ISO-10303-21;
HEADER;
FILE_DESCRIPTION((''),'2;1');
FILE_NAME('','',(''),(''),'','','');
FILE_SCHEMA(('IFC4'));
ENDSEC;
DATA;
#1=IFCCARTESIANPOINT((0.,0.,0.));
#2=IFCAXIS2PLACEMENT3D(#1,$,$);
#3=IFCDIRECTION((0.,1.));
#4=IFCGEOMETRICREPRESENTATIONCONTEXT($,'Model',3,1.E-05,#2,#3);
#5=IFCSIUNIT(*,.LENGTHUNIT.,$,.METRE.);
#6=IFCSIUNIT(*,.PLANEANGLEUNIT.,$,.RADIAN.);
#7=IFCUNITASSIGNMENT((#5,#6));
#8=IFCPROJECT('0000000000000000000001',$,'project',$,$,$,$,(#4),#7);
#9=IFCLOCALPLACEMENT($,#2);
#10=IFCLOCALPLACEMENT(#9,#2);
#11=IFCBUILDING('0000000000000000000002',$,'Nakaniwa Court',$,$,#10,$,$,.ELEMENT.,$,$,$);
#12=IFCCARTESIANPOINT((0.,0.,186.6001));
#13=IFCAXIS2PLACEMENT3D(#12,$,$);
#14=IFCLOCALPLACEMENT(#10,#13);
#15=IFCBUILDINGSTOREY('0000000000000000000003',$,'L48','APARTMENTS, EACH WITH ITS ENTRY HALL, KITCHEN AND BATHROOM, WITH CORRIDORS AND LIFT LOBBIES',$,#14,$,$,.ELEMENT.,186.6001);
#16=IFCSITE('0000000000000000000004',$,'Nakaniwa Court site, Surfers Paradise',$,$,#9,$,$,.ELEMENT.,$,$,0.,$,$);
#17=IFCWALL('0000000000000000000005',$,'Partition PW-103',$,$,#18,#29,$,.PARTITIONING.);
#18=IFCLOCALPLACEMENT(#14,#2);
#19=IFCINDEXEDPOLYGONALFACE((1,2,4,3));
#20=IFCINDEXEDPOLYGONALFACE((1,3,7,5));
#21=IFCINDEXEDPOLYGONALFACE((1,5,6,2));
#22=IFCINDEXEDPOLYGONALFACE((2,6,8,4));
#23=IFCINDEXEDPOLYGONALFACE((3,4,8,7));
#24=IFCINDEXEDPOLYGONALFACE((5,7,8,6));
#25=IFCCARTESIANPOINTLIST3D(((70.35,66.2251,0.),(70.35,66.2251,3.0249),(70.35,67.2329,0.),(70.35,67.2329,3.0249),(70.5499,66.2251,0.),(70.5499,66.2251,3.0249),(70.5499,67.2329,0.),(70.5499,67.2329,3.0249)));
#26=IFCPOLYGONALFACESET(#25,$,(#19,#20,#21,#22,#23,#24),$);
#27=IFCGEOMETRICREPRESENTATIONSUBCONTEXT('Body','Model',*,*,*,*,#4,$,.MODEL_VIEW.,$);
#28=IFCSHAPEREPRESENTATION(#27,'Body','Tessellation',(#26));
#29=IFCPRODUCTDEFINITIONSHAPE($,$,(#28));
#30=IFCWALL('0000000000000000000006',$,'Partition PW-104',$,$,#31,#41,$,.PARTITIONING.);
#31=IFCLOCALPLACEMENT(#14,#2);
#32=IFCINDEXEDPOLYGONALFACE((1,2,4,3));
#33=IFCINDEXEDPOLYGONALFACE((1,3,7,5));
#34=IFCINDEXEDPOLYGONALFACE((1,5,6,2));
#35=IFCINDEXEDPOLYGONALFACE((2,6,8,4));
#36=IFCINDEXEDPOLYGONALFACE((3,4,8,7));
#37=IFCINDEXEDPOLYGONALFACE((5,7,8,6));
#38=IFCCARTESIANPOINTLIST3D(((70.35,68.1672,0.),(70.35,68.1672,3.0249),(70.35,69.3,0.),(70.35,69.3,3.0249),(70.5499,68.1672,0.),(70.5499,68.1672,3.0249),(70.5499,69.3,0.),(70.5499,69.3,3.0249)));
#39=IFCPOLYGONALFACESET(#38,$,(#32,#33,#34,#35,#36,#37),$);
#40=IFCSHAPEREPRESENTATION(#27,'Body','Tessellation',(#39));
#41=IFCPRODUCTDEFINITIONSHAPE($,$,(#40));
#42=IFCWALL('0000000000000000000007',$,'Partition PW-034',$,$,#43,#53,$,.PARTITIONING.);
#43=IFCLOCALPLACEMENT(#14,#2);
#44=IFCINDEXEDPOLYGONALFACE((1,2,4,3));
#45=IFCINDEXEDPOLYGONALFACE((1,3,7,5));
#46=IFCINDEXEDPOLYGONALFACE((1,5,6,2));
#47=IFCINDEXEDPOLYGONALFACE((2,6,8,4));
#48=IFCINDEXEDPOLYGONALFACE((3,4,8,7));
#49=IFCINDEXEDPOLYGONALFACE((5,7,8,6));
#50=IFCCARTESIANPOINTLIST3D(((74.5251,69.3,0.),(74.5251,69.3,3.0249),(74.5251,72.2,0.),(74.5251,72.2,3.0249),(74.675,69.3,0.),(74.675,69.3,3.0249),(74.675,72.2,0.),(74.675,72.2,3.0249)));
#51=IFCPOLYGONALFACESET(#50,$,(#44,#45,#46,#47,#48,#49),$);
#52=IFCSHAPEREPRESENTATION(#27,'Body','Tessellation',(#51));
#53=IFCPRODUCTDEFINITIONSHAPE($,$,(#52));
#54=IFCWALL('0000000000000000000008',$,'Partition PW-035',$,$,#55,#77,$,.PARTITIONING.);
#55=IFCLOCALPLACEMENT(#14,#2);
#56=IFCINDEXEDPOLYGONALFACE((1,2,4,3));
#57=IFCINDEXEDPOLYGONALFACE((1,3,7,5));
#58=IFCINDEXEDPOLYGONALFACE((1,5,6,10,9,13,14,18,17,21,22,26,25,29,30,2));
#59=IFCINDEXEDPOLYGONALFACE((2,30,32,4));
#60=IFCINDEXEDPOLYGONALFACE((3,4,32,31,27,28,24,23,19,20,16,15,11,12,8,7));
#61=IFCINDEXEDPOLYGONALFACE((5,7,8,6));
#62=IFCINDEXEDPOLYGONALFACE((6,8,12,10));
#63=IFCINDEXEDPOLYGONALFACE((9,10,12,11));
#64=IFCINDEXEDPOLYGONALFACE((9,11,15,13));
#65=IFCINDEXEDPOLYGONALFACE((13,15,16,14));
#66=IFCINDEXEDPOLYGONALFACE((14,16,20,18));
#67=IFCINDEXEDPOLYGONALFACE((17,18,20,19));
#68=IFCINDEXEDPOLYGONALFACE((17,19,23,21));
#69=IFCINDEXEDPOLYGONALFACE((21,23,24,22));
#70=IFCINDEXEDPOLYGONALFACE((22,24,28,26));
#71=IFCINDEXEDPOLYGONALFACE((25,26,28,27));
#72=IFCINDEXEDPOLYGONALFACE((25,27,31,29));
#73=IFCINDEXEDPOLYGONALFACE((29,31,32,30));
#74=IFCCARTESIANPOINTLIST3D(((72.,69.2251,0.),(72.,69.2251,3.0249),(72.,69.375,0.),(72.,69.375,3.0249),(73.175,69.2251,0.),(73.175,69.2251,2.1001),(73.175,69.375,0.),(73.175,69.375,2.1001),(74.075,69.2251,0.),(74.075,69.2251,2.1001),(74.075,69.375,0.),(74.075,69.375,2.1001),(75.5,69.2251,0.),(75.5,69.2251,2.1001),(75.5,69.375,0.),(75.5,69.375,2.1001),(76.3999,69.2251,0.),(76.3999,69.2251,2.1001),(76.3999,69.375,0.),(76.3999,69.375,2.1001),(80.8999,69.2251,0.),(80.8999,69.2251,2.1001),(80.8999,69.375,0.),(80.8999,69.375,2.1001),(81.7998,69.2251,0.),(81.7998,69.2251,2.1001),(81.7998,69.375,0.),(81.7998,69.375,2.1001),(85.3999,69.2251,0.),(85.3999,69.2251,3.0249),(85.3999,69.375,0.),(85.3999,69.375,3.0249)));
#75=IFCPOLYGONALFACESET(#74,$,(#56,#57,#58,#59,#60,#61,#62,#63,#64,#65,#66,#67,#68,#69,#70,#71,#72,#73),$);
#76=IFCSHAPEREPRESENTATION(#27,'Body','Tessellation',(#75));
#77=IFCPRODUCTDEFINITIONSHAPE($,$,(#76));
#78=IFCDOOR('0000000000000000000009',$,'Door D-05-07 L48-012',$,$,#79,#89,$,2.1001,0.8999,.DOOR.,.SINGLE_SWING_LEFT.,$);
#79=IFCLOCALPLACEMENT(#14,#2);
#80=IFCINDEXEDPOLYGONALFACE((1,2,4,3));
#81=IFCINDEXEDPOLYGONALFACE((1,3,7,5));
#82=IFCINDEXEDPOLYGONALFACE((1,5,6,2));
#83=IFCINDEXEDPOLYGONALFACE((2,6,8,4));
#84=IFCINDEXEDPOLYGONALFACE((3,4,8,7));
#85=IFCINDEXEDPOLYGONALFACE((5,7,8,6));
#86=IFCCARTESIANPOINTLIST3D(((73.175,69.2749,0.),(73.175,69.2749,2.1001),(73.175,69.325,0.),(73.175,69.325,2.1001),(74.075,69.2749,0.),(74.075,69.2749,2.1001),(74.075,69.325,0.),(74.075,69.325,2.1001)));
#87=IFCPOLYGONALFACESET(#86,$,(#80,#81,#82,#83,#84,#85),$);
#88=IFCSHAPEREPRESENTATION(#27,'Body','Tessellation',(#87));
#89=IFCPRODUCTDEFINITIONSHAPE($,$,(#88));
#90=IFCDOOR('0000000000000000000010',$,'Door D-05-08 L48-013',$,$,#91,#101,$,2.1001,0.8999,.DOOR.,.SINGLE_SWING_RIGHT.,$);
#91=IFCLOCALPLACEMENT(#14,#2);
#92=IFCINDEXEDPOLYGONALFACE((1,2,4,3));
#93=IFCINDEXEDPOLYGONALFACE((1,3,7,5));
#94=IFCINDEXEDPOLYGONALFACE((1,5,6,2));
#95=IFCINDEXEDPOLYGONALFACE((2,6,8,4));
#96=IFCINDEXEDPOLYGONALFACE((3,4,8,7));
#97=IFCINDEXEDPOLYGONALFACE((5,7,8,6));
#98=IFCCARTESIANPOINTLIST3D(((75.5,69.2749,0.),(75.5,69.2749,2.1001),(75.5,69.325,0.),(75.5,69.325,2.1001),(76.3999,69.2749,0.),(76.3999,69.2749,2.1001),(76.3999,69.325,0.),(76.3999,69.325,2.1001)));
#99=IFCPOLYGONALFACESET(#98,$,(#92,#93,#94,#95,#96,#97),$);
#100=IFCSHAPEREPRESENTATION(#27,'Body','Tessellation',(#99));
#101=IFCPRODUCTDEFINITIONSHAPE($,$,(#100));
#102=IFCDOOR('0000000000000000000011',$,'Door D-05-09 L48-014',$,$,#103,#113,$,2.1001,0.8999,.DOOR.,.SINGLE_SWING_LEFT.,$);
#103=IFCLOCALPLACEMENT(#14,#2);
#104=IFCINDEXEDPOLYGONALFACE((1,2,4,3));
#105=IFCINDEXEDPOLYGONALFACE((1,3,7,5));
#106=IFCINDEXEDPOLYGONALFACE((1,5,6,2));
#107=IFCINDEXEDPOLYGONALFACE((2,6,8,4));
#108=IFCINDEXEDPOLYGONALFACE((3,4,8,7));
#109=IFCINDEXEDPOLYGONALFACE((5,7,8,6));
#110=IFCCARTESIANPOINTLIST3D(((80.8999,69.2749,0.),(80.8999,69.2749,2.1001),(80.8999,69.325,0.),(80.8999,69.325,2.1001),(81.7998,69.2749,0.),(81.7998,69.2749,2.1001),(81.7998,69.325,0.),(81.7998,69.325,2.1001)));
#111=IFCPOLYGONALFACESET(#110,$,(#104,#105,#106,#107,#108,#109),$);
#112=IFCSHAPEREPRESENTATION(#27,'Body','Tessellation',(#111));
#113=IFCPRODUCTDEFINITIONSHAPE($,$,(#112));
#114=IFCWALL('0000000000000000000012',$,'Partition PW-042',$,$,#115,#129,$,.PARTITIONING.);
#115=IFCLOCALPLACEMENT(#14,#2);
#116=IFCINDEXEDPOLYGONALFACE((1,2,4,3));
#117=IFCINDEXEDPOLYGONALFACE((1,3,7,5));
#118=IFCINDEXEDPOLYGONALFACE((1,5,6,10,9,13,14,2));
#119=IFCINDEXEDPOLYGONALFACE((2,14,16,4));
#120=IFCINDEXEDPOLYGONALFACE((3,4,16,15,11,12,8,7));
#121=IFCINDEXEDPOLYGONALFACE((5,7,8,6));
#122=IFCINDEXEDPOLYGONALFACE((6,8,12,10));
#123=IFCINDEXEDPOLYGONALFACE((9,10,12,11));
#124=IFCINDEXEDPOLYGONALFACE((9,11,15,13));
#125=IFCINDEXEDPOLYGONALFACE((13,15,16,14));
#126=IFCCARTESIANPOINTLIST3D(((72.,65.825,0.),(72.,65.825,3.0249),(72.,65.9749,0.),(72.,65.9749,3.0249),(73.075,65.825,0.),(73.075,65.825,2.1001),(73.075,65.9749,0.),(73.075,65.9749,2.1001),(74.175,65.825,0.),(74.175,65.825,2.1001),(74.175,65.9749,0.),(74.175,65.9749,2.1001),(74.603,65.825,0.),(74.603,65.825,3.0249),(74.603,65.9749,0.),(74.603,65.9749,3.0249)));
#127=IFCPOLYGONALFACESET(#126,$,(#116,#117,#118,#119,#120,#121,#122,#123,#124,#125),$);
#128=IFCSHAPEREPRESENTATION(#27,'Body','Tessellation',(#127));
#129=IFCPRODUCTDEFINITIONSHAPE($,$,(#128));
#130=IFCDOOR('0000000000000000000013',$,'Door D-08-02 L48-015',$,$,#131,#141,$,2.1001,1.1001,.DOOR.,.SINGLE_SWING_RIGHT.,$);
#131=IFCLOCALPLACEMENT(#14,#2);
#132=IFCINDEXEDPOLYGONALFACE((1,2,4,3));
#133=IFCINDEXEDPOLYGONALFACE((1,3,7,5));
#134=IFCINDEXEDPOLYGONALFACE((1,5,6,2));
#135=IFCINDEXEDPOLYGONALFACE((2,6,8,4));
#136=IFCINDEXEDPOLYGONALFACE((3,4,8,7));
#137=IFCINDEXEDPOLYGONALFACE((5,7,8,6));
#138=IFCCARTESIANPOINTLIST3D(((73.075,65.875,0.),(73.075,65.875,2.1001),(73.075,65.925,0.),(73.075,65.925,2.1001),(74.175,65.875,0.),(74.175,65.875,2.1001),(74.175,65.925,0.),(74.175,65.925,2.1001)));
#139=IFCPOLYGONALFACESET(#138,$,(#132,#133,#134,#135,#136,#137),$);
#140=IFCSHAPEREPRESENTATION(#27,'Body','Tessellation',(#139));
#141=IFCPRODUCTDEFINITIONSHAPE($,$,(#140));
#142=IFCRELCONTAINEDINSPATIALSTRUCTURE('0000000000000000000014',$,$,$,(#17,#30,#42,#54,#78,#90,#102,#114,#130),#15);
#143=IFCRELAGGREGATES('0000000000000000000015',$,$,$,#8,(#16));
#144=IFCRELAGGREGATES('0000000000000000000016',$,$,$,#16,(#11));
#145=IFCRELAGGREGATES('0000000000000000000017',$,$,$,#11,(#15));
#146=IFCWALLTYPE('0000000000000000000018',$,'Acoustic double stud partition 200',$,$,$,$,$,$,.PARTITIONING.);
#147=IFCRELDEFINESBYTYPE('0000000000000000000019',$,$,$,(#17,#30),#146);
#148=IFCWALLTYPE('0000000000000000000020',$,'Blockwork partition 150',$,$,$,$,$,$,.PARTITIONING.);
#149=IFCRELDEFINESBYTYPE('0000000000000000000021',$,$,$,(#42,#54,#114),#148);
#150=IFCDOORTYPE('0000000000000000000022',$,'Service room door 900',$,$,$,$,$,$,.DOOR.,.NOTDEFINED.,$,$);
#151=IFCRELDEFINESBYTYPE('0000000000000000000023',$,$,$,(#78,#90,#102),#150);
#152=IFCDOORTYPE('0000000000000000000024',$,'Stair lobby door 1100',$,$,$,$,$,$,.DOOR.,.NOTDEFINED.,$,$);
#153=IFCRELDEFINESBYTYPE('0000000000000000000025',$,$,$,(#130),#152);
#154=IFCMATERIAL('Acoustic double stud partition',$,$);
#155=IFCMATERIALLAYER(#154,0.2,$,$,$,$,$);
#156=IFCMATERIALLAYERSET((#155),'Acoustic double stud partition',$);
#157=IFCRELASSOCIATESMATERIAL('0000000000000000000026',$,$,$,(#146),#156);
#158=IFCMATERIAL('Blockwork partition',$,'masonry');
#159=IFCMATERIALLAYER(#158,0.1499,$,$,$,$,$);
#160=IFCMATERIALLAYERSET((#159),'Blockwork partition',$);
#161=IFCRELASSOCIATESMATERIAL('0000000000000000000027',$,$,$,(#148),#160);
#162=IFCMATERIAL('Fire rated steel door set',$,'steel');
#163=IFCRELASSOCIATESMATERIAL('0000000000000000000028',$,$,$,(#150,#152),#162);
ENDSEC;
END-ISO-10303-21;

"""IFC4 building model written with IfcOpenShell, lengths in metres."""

from ifc_helpers import new_model, si_unit, direction, frame, frame_2d, origin, place, context, subcontext, project, spatial, rectangle, extrude, material, layer, layer_set, type_object, element, fill, save


model = new_model("IFC4")

# Units and contexts
model_context = context("Model", 3, precision=1e-05, world=origin(), true_north=direction((0.0, 1.0)))
body_context = subcontext(model_context, "Body", "Model", "MODEL_VIEW")
ifc_project = project(units=[si_unit("LENGTHUNIT", "METRE"), si_unit("PLANEANGLEUNIT", "RADIAN")], contexts=[model_context])

# Site, building, storey
site_placement = place(None, origin())
site = spatial("IfcSite", under=ifc_project, at=site_placement, Name="Nakaniwa Court site, Surfers Paradise", CompositionType="ELEMENT", RefElevation=0.0)
building_placement = place(site_placement, origin())
building = spatial("IfcBuilding", under=site, at=building_placement, Name="Nakaniwa Court", CompositionType="ELEMENT")
storey_placement = place(building_placement, frame((0.0, 0.0, 186.6001)))
storey = spatial("IfcBuildingStorey", under=building, at=storey_placement, Name="L48", Description="APARTMENTS, EACH WITH ITS ENTRY HALL, KITCHEN AND BATHROOM, WITH CORRIDORS AND LIFT LOBBIES", CompositionType="ELEMENT", Elevation=186.6001)

# Shared definitions
ifc_material_1 = material(Name="Acoustic double stud partition")
ifc_layer_1 = layer(ifc_material_1, 0.2)
ifc_layer_set_1 = layer_set([ifc_layer_1], Name="Acoustic double stud partition")
wall_type_1 = type_object("IfcWallType", Name="Acoustic double stud partition 200", PredefinedType="PARTITIONING", material=ifc_layer_set_1)

# Walls
wall_1_placement = place(storey_placement, frame((70.45, 66.2251, 0.0), z_axis=(0.0, 0.0, 1.0), x_axis=(0.0, 1.0, 0.0)))
element("IfcWall", 1, at=wall_1_placement, inside=storey, type_object=wall_type_1, Name="Partition PW-103", PredefinedType="PARTITIONING", context=body_context, shape_type="SweptSolid", body=[
    extrude(rectangle(XDim=1.0078, YDim=0.2, at=frame_2d((0.5039, 0.0))), origin(), (0.0, 0.0, 1.0), 3.0249),
])
wall_2_placement = place(storey_placement, frame((70.45, 68.1672, 0.0), z_axis=(0.0, 0.0, 1.0), x_axis=(0.0, 1.0, 0.0)))
element("IfcWall", 2, at=wall_2_placement, inside=storey, type_object=wall_type_1, Name="Partition PW-104", PredefinedType="PARTITIONING", context=body_context, shape_type="SweptSolid", body=[
    extrude(rectangle(XDim=1.1328, YDim=0.2, at=frame_2d((0.5664, 0.0))), origin(), (0.0, 0.0, 1.0), 3.0249),
])
ifc_material_2 = material(Name="Blockwork partition", Category="masonry")
ifc_layer_2 = layer(ifc_material_2, 0.1499)
ifc_layer_set_2 = layer_set([ifc_layer_2], Name="Blockwork partition")
wall_type_2 = type_object("IfcWallType", Name="Blockwork partition 150", PredefinedType="PARTITIONING", material=ifc_layer_set_2)
wall_3_placement = place(storey_placement, frame((74.6001, 69.3, 0.0), z_axis=(0.0, 0.0, 1.0), x_axis=(0.0, 1.0, 0.0)))
element("IfcWall", 3, at=wall_3_placement, inside=storey, type_object=wall_type_2, Name="Partition PW-034", PredefinedType="PARTITIONING", context=body_context, shape_type="SweptSolid", body=[
    extrude(rectangle(XDim=2.8999, YDim=0.1499, at=frame_2d((1.45, 0.0))), origin(), (0.0, 0.0, 1.0), 3.0249),
])

# Wall, openings, doors
wall_4_placement = place(storey_placement, frame((72.0, 69.3, 0.0), z_axis=(0.0, 0.0, 1.0), x_axis=(1.0, 0.0, 0.0)))
wall_4 = element("IfcWall", 4, at=wall_4_placement, inside=storey, type_object=wall_type_2, Name="Partition PW-035", PredefinedType="PARTITIONING", context=body_context, shape_type="SweptSolid", body=[
    extrude(rectangle(XDim=13.3999, YDim=0.1499, at=frame_2d((6.7, 0.0))), origin(), (0.0, 0.0, 1.0), 3.0249),
])
opening_1_placement = place(wall_4_placement, frame((1.175, 0.0, 0.0)))
opening_1 = element("IfcOpeningElement", 5, at=opening_1_placement, cuts=wall_4, PredefinedType="OPENING", context=body_context, shape_type="SweptSolid", body=[
    extrude(rectangle(XDim=0.8999, YDim=2.1001, at=frame_2d((0.45, 1.05))), frame((0.0, 0.085, 0.0), z_axis=(0.0, -1.0, 0.0), x_axis=(1.0, 0.0, 0.0)), (0.0, 0.0, 1.0), 0.1699),
])
opening_2_placement = place(wall_4_placement, frame((3.5, 0.0, 0.0)))
opening_2 = element("IfcOpeningElement", 6, at=opening_2_placement, cuts=wall_4, PredefinedType="OPENING", context=body_context, shape_type="SweptSolid", body=[
    extrude(rectangle(XDim=0.8999, YDim=2.1001, at=frame_2d((0.45, 1.05))), frame((0.0, 0.085, 0.0), z_axis=(0.0, -1.0, 0.0), x_axis=(1.0, 0.0, 0.0)), (0.0, 0.0, 1.0), 0.1699),
])
opening_3_placement = place(wall_4_placement, frame((8.8999, 0.0, 0.0)))
opening_3 = element("IfcOpeningElement", 7, at=opening_3_placement, cuts=wall_4, PredefinedType="OPENING", context=body_context, shape_type="SweptSolid", body=[
    extrude(rectangle(XDim=0.8999, YDim=2.1001, at=frame_2d((0.45, 1.05))), frame((0.0, 0.085, 0.0), z_axis=(0.0, -1.0, 0.0), x_axis=(1.0, 0.0, 0.0)), (0.0, 0.0, 1.0), 0.1699),
])
ifc_material_3 = material(Name="Fire rated steel door set", Category="steel")
door_type_1 = type_object("IfcDoorType", Name="Service room door 900", OperationType="NOTDEFINED", PredefinedType="DOOR", material=ifc_material_3)
door_1_placement = place(opening_1_placement, origin())
door_1 = element("IfcDoor", 8, at=door_1_placement, inside=storey, type_object=door_type_1, Name="Door D-05-07 L48-012", OperationType="SINGLE_SWING_LEFT", OverallHeight=2.1001, OverallWidth=0.8999, PredefinedType="DOOR", context=body_context, shape_type="SweptSolid", body=[
    extrude(rectangle(XDim=0.8999, YDim=2.1001, at=frame_2d((0.45, 1.05))), frame((0.0, 0.0249, 0.0), z_axis=(0.0, -1.0, 0.0), x_axis=(1.0, 0.0, 0.0)), (0.0, 0.0, 1.0), 0.05),
])
fill(opening_1, door_1)
door_2_placement = place(opening_2_placement, origin())
door_2 = element("IfcDoor", 9, at=door_2_placement, inside=storey, type_object=door_type_1, Name="Door D-05-08 L48-013", OperationType="SINGLE_SWING_RIGHT", OverallHeight=2.1001, OverallWidth=0.8999, PredefinedType="DOOR", context=body_context, shape_type="SweptSolid", body=[
    extrude(rectangle(XDim=0.8999, YDim=2.1001, at=frame_2d((0.45, 1.05))), frame((0.0, 0.0249, 0.0), z_axis=(0.0, -1.0, 0.0), x_axis=(1.0, 0.0, 0.0)), (0.0, 0.0, 1.0), 0.05),
])
fill(opening_2, door_2)
door_3_placement = place(opening_3_placement, origin())
door_3 = element("IfcDoor", 10, at=door_3_placement, inside=storey, type_object=door_type_1, Name="Door D-05-09 L48-014", OperationType="SINGLE_SWING_LEFT", OverallHeight=2.1001, OverallWidth=0.8999, PredefinedType="DOOR", context=body_context, shape_type="SweptSolid", body=[
    extrude(rectangle(XDim=0.8999, YDim=2.1001, at=frame_2d((0.45, 1.05))), frame((0.0, 0.0249, 0.0), z_axis=(0.0, -1.0, 0.0), x_axis=(1.0, 0.0, 0.0)), (0.0, 0.0, 1.0), 0.05),
])
fill(opening_3, door_3)

# Wall, opening, door
wall_5_placement = place(storey_placement, frame((74.603, 65.8999, 0.0), z_axis=(0.0, 0.0, 1.0), x_axis=(-1.0, 0.0, 0.0)))
wall_5 = element("IfcWall", 11, at=wall_5_placement, inside=storey, type_object=wall_type_2, Name="Partition PW-042", PredefinedType="PARTITIONING", context=body_context, shape_type="SweptSolid", body=[
    extrude(rectangle(XDim=2.603, YDim=0.1499, at=frame_2d((1.3015, 0.0))), origin(), (0.0, 0.0, 1.0), 3.0249),
])
opening_4_placement = place(wall_5_placement, frame((0.428, 0.0, 0.0)))
opening_4 = element("IfcOpeningElement", 12, at=opening_4_placement, cuts=wall_5, PredefinedType="OPENING", context=body_context, shape_type="SweptSolid", body=[
    extrude(rectangle(XDim=1.1001, YDim=2.1001, at=frame_2d((0.55, 1.05))), frame((0.0, 0.085, 0.0), z_axis=(0.0, -1.0, 0.0), x_axis=(1.0, 0.0, 0.0)), (0.0, 0.0, 1.0), 0.1699),
])
door_type_2 = type_object("IfcDoorType", Name="Stair lobby door 1100", OperationType="NOTDEFINED", PredefinedType="DOOR", material=ifc_material_3)
door_4_placement = place(opening_4_placement, origin())
door_4 = element("IfcDoor", 13, at=door_4_placement, inside=storey, type_object=door_type_2, Name="Door D-08-02 L48-015", OperationType="SINGLE_SWING_RIGHT", OverallHeight=2.1001, OverallWidth=1.1001, PredefinedType="DOOR", context=body_context, shape_type="SweptSolid", body=[
    extrude(rectangle(XDim=1.1001, YDim=2.1001, at=frame_2d((0.55, 1.05))), frame((0.0, 0.0249, 0.0), z_axis=(0.0, -1.0, 0.0), x_axis=(1.0, 0.0, 0.0)), (0.0, 0.0, 1.0), 0.05),
])
fill(opening_4, door_4)

save(model, "model.ifc")
